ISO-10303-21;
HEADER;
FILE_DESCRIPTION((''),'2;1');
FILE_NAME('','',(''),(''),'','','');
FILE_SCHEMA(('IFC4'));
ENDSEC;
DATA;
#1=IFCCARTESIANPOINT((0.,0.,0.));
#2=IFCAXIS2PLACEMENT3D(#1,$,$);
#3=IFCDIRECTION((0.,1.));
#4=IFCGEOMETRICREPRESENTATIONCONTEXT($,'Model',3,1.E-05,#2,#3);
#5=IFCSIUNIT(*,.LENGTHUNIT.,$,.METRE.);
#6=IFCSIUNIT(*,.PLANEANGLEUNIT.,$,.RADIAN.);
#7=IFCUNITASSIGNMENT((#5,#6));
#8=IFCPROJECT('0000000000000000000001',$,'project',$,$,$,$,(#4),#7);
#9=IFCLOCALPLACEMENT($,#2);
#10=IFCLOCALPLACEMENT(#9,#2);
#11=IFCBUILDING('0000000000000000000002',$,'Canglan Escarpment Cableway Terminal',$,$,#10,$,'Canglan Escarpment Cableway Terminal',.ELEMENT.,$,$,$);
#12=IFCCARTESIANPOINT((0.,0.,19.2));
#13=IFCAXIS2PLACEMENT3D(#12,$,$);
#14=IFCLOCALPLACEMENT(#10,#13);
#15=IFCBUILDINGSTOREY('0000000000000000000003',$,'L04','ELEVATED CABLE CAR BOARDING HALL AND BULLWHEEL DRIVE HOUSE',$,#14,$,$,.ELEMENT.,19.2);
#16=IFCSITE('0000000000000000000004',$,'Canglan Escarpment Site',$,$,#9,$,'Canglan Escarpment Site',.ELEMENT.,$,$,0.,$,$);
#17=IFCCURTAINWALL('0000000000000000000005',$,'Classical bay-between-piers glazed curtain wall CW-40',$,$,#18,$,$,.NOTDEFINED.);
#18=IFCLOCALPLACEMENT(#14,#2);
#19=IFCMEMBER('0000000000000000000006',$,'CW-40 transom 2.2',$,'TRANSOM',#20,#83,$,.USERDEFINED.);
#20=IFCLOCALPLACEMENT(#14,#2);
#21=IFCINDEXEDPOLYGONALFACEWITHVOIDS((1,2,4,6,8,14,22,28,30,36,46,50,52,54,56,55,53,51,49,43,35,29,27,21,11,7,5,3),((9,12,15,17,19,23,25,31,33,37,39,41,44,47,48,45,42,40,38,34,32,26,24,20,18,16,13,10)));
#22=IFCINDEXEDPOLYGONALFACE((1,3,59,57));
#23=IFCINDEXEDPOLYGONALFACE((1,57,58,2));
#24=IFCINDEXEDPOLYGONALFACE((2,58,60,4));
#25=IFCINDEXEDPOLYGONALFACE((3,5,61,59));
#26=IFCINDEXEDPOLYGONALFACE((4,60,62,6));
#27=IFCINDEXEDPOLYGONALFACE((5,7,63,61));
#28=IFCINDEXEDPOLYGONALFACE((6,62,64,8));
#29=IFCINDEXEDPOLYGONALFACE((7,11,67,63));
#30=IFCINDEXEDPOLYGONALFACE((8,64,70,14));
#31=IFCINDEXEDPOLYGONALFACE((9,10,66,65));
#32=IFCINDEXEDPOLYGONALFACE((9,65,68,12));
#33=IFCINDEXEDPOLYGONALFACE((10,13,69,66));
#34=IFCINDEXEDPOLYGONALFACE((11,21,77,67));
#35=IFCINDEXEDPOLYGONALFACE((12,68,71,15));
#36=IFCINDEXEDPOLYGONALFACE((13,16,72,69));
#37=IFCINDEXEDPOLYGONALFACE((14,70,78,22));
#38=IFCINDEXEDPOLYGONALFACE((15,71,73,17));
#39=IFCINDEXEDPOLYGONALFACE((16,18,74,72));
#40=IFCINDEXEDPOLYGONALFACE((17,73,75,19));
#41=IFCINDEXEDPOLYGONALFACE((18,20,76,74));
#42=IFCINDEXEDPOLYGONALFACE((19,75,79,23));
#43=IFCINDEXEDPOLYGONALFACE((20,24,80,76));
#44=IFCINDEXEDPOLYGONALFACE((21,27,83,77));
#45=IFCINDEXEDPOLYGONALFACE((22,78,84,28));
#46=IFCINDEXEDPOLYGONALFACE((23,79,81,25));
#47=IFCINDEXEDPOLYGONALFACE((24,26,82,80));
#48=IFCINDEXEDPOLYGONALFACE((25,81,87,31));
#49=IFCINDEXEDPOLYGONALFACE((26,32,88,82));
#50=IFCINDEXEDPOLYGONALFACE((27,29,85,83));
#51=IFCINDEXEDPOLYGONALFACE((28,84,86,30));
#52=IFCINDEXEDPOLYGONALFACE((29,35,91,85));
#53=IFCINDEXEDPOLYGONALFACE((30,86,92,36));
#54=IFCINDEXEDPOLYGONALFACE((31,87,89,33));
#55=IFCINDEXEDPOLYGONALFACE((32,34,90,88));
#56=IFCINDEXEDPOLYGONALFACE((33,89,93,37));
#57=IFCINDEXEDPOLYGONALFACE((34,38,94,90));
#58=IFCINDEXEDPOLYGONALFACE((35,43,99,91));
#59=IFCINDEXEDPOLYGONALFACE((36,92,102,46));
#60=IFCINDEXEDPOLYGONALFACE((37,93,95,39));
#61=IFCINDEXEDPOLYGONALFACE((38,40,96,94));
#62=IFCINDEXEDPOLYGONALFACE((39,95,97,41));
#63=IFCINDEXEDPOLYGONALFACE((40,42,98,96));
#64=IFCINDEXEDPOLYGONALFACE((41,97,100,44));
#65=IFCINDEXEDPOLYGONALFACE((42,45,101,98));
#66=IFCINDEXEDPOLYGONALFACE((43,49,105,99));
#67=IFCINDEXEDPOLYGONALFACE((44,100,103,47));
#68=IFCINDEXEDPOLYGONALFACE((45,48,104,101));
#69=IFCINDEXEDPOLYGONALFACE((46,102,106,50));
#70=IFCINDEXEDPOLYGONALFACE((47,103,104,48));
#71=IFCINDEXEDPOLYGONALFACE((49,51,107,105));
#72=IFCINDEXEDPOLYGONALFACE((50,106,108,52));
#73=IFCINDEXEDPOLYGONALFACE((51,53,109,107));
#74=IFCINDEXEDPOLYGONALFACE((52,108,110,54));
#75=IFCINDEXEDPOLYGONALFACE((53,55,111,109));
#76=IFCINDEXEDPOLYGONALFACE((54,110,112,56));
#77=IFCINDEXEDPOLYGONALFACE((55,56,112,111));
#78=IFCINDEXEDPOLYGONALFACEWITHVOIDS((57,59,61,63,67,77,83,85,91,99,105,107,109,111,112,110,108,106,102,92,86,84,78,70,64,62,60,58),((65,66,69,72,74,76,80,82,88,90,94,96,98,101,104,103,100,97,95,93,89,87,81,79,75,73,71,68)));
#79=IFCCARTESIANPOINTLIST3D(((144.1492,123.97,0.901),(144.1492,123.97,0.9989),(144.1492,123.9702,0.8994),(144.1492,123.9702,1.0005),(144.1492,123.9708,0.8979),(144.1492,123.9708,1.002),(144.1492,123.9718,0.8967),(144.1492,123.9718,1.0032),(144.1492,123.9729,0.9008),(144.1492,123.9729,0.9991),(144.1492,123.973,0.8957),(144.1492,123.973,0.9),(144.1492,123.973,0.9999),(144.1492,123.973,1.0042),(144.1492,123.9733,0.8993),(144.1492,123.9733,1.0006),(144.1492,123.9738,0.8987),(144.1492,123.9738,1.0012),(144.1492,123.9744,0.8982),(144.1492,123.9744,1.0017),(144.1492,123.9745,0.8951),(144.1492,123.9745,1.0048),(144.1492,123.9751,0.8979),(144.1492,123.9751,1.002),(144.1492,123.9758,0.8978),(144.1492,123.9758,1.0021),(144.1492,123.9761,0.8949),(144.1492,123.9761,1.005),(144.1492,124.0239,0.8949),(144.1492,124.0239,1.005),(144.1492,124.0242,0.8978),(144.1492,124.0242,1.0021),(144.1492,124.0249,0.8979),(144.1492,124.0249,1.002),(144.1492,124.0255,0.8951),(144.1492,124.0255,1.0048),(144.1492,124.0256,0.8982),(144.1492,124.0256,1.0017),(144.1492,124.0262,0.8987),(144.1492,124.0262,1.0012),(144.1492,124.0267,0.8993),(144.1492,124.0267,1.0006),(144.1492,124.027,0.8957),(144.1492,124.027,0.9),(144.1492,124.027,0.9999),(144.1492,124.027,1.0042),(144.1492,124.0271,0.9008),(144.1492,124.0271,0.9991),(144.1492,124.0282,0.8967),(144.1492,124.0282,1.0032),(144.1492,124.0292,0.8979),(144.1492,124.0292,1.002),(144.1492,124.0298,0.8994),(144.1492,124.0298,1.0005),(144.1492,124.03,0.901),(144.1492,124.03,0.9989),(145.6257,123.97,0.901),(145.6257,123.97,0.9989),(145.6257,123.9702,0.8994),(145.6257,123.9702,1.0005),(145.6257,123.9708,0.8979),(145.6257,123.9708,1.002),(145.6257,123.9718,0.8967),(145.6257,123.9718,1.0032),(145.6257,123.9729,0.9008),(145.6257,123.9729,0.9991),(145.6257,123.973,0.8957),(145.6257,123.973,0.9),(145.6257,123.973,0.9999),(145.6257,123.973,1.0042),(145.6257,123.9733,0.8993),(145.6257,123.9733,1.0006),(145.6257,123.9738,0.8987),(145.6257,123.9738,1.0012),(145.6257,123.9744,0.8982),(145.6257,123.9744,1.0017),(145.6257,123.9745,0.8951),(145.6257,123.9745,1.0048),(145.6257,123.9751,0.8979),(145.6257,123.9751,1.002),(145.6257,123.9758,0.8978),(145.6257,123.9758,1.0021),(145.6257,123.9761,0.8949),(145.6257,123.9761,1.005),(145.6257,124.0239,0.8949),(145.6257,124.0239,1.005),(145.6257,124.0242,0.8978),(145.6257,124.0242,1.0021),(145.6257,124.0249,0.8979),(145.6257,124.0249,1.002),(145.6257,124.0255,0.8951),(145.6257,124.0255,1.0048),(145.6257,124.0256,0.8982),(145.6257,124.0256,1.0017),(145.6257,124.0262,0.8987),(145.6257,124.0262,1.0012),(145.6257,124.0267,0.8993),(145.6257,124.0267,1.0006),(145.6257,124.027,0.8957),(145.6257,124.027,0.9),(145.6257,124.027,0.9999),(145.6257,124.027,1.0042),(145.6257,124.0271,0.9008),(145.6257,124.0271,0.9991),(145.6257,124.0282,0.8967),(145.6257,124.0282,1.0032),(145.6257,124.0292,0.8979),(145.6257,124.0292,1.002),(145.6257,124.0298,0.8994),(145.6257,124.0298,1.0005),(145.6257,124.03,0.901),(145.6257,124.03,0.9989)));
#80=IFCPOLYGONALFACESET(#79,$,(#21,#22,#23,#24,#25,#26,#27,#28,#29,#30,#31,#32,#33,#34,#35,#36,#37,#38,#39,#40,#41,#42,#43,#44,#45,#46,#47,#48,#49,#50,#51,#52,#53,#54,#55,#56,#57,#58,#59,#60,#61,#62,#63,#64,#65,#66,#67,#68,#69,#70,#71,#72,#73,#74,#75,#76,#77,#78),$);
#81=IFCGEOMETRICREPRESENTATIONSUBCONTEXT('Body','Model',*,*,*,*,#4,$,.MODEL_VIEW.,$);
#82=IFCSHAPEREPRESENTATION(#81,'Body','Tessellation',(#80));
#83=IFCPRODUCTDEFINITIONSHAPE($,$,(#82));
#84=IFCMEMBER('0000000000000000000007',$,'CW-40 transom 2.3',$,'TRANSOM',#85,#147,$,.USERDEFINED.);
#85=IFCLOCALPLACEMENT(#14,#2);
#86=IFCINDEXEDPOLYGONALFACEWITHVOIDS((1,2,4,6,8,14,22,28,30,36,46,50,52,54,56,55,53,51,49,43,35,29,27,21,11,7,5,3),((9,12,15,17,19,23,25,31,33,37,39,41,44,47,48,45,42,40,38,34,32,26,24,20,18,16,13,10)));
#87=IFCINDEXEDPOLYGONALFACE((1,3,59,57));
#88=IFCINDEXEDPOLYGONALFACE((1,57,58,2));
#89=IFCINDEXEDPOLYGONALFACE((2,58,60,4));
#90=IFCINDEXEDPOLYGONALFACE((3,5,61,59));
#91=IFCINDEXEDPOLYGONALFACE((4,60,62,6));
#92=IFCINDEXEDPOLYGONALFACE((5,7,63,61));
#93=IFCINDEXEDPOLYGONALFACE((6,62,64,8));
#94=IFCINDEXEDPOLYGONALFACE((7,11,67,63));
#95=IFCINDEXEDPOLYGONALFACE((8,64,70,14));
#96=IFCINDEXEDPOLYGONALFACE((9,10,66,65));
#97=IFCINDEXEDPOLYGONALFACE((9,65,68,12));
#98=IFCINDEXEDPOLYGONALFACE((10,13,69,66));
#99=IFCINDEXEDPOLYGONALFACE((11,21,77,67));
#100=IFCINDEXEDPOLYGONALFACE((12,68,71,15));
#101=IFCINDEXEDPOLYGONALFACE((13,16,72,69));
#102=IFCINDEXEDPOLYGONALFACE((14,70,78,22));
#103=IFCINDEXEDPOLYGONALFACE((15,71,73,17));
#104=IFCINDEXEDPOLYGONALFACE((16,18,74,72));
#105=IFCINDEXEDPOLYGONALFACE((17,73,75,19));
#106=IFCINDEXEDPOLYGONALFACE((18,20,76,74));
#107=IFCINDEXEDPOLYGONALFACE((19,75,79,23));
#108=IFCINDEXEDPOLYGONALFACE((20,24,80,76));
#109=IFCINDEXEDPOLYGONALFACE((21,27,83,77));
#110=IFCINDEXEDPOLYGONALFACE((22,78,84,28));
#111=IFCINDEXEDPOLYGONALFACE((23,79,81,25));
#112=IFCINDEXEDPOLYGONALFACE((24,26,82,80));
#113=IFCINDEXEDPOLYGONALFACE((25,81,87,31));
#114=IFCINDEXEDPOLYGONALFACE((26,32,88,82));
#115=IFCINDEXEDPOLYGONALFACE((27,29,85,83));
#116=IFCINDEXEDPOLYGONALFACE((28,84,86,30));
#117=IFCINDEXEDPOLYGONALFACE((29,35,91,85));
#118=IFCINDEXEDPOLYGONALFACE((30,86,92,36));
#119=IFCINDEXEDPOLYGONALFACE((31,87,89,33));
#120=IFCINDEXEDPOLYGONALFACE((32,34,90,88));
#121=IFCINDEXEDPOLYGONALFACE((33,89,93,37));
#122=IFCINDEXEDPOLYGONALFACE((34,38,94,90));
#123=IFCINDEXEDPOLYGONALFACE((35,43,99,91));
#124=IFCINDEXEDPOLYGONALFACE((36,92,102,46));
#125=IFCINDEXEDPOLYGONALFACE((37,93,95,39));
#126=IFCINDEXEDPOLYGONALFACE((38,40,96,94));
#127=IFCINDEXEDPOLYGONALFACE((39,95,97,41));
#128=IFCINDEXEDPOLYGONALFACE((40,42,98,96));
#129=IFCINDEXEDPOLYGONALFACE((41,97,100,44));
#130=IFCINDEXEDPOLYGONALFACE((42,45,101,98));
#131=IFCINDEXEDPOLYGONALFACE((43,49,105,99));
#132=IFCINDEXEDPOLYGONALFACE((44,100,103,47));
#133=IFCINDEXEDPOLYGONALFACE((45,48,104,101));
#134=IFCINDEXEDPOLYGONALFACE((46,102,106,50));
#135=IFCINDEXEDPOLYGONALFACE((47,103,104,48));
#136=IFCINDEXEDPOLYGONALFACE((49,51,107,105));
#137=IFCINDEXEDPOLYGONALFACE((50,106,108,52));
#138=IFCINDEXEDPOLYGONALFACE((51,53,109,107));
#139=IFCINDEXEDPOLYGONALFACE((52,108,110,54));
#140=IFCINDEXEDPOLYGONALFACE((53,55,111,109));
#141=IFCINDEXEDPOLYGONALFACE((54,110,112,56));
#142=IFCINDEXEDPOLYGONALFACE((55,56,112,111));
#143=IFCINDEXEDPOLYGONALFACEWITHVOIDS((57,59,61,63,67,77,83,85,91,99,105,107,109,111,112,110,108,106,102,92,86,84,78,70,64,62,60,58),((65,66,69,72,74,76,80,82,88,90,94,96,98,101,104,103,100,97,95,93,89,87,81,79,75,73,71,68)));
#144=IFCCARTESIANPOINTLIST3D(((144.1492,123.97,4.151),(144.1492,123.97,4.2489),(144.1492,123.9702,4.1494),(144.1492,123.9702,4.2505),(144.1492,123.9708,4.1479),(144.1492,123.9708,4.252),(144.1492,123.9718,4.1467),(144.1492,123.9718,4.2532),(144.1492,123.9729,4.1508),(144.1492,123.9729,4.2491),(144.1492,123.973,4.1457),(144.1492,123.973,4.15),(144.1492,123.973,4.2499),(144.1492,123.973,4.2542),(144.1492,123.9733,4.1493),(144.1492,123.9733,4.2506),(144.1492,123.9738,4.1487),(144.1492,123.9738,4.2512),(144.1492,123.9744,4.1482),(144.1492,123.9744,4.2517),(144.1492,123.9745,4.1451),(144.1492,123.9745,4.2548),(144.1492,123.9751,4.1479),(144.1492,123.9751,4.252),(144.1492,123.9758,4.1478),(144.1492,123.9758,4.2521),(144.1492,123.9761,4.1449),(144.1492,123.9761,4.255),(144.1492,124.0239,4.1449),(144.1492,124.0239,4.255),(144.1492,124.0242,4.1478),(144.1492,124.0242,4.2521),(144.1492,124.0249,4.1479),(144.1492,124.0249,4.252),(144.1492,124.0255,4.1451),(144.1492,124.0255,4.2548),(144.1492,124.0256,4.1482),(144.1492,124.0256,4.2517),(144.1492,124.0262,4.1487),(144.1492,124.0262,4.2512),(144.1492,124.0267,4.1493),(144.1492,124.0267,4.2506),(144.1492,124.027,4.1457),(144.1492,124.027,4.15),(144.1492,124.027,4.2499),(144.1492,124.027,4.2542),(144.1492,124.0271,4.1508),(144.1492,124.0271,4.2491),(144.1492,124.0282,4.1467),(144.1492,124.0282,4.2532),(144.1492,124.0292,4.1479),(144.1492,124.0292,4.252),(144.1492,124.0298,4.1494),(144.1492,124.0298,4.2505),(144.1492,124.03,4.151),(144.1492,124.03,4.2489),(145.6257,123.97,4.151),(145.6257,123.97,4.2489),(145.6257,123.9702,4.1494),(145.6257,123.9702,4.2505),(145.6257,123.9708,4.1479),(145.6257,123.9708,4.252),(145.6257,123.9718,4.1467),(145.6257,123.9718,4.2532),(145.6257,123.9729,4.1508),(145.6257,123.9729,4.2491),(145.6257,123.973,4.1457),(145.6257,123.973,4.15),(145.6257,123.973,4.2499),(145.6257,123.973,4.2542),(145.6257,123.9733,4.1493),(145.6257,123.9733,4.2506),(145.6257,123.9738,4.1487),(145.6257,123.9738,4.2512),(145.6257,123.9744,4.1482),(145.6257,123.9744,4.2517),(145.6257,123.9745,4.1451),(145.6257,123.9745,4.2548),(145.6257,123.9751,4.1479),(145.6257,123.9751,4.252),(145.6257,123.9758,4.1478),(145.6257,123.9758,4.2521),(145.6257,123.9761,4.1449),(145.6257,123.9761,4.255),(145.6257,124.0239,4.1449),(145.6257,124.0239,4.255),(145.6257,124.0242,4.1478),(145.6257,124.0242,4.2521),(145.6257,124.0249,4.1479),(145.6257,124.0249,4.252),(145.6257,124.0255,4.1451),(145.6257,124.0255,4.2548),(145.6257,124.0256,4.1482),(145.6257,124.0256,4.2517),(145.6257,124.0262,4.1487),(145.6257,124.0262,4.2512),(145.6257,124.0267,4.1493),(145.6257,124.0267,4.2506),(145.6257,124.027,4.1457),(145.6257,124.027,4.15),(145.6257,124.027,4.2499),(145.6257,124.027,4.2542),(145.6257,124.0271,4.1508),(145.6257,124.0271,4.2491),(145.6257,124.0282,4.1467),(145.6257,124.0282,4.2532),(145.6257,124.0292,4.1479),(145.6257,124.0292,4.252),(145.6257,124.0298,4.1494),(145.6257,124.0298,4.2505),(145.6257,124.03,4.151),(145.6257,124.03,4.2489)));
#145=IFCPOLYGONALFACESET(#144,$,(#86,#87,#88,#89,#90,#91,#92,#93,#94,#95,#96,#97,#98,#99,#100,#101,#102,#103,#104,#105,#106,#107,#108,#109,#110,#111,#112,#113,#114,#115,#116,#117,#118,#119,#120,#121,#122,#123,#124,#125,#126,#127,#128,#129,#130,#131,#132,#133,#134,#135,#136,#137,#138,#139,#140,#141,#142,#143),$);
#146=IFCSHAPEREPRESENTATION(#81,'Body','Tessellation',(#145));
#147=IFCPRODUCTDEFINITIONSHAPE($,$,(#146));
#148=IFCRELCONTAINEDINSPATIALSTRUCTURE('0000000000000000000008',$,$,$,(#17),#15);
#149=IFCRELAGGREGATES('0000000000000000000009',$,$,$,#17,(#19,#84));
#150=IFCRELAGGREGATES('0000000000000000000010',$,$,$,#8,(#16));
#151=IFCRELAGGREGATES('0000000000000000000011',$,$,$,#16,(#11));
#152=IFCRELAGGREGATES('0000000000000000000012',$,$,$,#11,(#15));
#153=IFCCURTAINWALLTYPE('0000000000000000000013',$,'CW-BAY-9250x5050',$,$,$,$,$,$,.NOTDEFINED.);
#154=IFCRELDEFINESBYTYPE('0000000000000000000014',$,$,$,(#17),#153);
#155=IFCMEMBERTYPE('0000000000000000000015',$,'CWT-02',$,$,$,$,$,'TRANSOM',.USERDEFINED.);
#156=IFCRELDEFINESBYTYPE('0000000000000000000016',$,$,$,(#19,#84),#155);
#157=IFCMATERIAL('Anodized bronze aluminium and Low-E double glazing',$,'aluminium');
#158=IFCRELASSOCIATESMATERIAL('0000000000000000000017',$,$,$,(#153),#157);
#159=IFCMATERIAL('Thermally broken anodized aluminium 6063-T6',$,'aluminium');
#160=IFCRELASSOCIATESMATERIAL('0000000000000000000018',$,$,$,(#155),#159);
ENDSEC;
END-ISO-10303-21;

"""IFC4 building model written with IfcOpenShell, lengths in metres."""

from ifc_helpers import new_model, si_unit, direction, frame, origin, origin_2d, place, context, subcontext, project, spatial, hollow_rectangle, extrude, material, material_profile, profile_set, type_object, element, aggregate, save


model = new_model("IFC4")

# Units and contexts
model_context = context("Model", 3, precision=1e-05, world=origin(), true_north=direction((0.0, 1.0)))
body_context = subcontext(model_context, "Body", "Model", "MODEL_VIEW")
ifc_project = project(units=[si_unit("LENGTHUNIT", "METRE"), si_unit("PLANEANGLEUNIT", "RADIAN")], contexts=[model_context])

# Site, building, storey
site_placement = place(None, origin())
site = spatial("IfcSite", under=ifc_project, at=site_placement, Name="Canglan Escarpment Site", LongName="Canglan Escarpment Site", CompositionType="ELEMENT", RefElevation=0.0)
building_placement = place(site_placement, origin())
building = spatial("IfcBuilding", under=site, at=building_placement, Name="Canglan Escarpment Cableway Terminal", LongName="Canglan Escarpment Cableway Terminal", CompositionType="ELEMENT")
storey_placement = place(building_placement, frame((0.0, 0.0, 19.2)))
storey = spatial("IfcBuildingStorey", under=building, at=storey_placement, Name="L04", Description="ELEVATED CABLE CAR BOARDING HALL AND BULLWHEEL DRIVE HOUSE", CompositionType="ELEMENT", Elevation=19.2)

# Curtain wall, members
ifc_material_1 = material(Name="Anodized bronze aluminium and Low-E double glazing", Category="aluminium")
curtain_wall_type = type_object("IfcCurtainWallType", Name="CW-BAY-9250x5050", PredefinedType="NOTDEFINED", material=ifc_material_1)
curtain_wall_placement = place(storey_placement, origin())
curtain_wall = element("IfcCurtainWall", 1, at=curtain_wall_placement, inside=storey, type_object=curtain_wall_type, Name="Classical bay-between-piers glazed curtain wall CW-40", PredefinedType="NOTDEFINED")
ifc_material_2 = material(Name="Thermally broken anodized aluminium 6063-T6", Category="aluminium")
ifc_material_profile_1 = material_profile(ifc_material_2, hollow_rectangle(XDim=0.0601, YDim=0.1101, WallThickness=0.0029, InnerFilletRadius=0.0029, OuterFilletRadius=0.0061, at=origin_2d()), Name="ALU-TRAN 60x110x3")
ifc_profile_set_1 = profile_set([ifc_material_profile_1], Name="Thermally broken anodized aluminium 6063-T6")
member_type_1 = type_object("IfcMemberType", Name="CWT-02", ElementType="TRANSOM", PredefinedType="USERDEFINED", material=ifc_profile_set_1)
member_1_placement = place(storey_placement, frame((145.6257, 124.0, 0.95), z_axis=(-1.0, 0.0, 0.0), x_axis=(0.0, -1.0, 0.0)))
member_1 = element("IfcMember", 2, at=member_1_placement, type_object=member_type_1, Name="CW-40 transom 2.2", ObjectType="TRANSOM", PredefinedType="USERDEFINED", context=body_context, shape_type="SweptSolid", body=[
    extrude(hollow_rectangle(XDim=0.0601, YDim=0.1101, WallThickness=0.0029, InnerFilletRadius=0.0029, OuterFilletRadius=0.0061, at=origin_2d()), origin(), (0.0, 0.0, 1.0), 1.4766),
])
member_2_placement = place(storey_placement, frame((145.6257, 124.0, 4.2), z_axis=(-1.0, 0.0, 0.0), x_axis=(0.0, -1.0, 0.0)))
member_2 = element("IfcMember", 3, at=member_2_placement, type_object=member_type_1, Name="CW-40 transom 2.3", ObjectType="TRANSOM", PredefinedType="USERDEFINED", context=body_context, shape_type="SweptSolid", body=[
    extrude(hollow_rectangle(XDim=0.0601, YDim=0.1101, WallThickness=0.0029, InnerFilletRadius=0.0029, OuterFilletRadius=0.0061, at=origin_2d()), origin(), (0.0, 0.0, 1.0), 1.4766),
])
aggregate(curtain_wall, [member_1, member_2])

save(model, "model.ifc")
